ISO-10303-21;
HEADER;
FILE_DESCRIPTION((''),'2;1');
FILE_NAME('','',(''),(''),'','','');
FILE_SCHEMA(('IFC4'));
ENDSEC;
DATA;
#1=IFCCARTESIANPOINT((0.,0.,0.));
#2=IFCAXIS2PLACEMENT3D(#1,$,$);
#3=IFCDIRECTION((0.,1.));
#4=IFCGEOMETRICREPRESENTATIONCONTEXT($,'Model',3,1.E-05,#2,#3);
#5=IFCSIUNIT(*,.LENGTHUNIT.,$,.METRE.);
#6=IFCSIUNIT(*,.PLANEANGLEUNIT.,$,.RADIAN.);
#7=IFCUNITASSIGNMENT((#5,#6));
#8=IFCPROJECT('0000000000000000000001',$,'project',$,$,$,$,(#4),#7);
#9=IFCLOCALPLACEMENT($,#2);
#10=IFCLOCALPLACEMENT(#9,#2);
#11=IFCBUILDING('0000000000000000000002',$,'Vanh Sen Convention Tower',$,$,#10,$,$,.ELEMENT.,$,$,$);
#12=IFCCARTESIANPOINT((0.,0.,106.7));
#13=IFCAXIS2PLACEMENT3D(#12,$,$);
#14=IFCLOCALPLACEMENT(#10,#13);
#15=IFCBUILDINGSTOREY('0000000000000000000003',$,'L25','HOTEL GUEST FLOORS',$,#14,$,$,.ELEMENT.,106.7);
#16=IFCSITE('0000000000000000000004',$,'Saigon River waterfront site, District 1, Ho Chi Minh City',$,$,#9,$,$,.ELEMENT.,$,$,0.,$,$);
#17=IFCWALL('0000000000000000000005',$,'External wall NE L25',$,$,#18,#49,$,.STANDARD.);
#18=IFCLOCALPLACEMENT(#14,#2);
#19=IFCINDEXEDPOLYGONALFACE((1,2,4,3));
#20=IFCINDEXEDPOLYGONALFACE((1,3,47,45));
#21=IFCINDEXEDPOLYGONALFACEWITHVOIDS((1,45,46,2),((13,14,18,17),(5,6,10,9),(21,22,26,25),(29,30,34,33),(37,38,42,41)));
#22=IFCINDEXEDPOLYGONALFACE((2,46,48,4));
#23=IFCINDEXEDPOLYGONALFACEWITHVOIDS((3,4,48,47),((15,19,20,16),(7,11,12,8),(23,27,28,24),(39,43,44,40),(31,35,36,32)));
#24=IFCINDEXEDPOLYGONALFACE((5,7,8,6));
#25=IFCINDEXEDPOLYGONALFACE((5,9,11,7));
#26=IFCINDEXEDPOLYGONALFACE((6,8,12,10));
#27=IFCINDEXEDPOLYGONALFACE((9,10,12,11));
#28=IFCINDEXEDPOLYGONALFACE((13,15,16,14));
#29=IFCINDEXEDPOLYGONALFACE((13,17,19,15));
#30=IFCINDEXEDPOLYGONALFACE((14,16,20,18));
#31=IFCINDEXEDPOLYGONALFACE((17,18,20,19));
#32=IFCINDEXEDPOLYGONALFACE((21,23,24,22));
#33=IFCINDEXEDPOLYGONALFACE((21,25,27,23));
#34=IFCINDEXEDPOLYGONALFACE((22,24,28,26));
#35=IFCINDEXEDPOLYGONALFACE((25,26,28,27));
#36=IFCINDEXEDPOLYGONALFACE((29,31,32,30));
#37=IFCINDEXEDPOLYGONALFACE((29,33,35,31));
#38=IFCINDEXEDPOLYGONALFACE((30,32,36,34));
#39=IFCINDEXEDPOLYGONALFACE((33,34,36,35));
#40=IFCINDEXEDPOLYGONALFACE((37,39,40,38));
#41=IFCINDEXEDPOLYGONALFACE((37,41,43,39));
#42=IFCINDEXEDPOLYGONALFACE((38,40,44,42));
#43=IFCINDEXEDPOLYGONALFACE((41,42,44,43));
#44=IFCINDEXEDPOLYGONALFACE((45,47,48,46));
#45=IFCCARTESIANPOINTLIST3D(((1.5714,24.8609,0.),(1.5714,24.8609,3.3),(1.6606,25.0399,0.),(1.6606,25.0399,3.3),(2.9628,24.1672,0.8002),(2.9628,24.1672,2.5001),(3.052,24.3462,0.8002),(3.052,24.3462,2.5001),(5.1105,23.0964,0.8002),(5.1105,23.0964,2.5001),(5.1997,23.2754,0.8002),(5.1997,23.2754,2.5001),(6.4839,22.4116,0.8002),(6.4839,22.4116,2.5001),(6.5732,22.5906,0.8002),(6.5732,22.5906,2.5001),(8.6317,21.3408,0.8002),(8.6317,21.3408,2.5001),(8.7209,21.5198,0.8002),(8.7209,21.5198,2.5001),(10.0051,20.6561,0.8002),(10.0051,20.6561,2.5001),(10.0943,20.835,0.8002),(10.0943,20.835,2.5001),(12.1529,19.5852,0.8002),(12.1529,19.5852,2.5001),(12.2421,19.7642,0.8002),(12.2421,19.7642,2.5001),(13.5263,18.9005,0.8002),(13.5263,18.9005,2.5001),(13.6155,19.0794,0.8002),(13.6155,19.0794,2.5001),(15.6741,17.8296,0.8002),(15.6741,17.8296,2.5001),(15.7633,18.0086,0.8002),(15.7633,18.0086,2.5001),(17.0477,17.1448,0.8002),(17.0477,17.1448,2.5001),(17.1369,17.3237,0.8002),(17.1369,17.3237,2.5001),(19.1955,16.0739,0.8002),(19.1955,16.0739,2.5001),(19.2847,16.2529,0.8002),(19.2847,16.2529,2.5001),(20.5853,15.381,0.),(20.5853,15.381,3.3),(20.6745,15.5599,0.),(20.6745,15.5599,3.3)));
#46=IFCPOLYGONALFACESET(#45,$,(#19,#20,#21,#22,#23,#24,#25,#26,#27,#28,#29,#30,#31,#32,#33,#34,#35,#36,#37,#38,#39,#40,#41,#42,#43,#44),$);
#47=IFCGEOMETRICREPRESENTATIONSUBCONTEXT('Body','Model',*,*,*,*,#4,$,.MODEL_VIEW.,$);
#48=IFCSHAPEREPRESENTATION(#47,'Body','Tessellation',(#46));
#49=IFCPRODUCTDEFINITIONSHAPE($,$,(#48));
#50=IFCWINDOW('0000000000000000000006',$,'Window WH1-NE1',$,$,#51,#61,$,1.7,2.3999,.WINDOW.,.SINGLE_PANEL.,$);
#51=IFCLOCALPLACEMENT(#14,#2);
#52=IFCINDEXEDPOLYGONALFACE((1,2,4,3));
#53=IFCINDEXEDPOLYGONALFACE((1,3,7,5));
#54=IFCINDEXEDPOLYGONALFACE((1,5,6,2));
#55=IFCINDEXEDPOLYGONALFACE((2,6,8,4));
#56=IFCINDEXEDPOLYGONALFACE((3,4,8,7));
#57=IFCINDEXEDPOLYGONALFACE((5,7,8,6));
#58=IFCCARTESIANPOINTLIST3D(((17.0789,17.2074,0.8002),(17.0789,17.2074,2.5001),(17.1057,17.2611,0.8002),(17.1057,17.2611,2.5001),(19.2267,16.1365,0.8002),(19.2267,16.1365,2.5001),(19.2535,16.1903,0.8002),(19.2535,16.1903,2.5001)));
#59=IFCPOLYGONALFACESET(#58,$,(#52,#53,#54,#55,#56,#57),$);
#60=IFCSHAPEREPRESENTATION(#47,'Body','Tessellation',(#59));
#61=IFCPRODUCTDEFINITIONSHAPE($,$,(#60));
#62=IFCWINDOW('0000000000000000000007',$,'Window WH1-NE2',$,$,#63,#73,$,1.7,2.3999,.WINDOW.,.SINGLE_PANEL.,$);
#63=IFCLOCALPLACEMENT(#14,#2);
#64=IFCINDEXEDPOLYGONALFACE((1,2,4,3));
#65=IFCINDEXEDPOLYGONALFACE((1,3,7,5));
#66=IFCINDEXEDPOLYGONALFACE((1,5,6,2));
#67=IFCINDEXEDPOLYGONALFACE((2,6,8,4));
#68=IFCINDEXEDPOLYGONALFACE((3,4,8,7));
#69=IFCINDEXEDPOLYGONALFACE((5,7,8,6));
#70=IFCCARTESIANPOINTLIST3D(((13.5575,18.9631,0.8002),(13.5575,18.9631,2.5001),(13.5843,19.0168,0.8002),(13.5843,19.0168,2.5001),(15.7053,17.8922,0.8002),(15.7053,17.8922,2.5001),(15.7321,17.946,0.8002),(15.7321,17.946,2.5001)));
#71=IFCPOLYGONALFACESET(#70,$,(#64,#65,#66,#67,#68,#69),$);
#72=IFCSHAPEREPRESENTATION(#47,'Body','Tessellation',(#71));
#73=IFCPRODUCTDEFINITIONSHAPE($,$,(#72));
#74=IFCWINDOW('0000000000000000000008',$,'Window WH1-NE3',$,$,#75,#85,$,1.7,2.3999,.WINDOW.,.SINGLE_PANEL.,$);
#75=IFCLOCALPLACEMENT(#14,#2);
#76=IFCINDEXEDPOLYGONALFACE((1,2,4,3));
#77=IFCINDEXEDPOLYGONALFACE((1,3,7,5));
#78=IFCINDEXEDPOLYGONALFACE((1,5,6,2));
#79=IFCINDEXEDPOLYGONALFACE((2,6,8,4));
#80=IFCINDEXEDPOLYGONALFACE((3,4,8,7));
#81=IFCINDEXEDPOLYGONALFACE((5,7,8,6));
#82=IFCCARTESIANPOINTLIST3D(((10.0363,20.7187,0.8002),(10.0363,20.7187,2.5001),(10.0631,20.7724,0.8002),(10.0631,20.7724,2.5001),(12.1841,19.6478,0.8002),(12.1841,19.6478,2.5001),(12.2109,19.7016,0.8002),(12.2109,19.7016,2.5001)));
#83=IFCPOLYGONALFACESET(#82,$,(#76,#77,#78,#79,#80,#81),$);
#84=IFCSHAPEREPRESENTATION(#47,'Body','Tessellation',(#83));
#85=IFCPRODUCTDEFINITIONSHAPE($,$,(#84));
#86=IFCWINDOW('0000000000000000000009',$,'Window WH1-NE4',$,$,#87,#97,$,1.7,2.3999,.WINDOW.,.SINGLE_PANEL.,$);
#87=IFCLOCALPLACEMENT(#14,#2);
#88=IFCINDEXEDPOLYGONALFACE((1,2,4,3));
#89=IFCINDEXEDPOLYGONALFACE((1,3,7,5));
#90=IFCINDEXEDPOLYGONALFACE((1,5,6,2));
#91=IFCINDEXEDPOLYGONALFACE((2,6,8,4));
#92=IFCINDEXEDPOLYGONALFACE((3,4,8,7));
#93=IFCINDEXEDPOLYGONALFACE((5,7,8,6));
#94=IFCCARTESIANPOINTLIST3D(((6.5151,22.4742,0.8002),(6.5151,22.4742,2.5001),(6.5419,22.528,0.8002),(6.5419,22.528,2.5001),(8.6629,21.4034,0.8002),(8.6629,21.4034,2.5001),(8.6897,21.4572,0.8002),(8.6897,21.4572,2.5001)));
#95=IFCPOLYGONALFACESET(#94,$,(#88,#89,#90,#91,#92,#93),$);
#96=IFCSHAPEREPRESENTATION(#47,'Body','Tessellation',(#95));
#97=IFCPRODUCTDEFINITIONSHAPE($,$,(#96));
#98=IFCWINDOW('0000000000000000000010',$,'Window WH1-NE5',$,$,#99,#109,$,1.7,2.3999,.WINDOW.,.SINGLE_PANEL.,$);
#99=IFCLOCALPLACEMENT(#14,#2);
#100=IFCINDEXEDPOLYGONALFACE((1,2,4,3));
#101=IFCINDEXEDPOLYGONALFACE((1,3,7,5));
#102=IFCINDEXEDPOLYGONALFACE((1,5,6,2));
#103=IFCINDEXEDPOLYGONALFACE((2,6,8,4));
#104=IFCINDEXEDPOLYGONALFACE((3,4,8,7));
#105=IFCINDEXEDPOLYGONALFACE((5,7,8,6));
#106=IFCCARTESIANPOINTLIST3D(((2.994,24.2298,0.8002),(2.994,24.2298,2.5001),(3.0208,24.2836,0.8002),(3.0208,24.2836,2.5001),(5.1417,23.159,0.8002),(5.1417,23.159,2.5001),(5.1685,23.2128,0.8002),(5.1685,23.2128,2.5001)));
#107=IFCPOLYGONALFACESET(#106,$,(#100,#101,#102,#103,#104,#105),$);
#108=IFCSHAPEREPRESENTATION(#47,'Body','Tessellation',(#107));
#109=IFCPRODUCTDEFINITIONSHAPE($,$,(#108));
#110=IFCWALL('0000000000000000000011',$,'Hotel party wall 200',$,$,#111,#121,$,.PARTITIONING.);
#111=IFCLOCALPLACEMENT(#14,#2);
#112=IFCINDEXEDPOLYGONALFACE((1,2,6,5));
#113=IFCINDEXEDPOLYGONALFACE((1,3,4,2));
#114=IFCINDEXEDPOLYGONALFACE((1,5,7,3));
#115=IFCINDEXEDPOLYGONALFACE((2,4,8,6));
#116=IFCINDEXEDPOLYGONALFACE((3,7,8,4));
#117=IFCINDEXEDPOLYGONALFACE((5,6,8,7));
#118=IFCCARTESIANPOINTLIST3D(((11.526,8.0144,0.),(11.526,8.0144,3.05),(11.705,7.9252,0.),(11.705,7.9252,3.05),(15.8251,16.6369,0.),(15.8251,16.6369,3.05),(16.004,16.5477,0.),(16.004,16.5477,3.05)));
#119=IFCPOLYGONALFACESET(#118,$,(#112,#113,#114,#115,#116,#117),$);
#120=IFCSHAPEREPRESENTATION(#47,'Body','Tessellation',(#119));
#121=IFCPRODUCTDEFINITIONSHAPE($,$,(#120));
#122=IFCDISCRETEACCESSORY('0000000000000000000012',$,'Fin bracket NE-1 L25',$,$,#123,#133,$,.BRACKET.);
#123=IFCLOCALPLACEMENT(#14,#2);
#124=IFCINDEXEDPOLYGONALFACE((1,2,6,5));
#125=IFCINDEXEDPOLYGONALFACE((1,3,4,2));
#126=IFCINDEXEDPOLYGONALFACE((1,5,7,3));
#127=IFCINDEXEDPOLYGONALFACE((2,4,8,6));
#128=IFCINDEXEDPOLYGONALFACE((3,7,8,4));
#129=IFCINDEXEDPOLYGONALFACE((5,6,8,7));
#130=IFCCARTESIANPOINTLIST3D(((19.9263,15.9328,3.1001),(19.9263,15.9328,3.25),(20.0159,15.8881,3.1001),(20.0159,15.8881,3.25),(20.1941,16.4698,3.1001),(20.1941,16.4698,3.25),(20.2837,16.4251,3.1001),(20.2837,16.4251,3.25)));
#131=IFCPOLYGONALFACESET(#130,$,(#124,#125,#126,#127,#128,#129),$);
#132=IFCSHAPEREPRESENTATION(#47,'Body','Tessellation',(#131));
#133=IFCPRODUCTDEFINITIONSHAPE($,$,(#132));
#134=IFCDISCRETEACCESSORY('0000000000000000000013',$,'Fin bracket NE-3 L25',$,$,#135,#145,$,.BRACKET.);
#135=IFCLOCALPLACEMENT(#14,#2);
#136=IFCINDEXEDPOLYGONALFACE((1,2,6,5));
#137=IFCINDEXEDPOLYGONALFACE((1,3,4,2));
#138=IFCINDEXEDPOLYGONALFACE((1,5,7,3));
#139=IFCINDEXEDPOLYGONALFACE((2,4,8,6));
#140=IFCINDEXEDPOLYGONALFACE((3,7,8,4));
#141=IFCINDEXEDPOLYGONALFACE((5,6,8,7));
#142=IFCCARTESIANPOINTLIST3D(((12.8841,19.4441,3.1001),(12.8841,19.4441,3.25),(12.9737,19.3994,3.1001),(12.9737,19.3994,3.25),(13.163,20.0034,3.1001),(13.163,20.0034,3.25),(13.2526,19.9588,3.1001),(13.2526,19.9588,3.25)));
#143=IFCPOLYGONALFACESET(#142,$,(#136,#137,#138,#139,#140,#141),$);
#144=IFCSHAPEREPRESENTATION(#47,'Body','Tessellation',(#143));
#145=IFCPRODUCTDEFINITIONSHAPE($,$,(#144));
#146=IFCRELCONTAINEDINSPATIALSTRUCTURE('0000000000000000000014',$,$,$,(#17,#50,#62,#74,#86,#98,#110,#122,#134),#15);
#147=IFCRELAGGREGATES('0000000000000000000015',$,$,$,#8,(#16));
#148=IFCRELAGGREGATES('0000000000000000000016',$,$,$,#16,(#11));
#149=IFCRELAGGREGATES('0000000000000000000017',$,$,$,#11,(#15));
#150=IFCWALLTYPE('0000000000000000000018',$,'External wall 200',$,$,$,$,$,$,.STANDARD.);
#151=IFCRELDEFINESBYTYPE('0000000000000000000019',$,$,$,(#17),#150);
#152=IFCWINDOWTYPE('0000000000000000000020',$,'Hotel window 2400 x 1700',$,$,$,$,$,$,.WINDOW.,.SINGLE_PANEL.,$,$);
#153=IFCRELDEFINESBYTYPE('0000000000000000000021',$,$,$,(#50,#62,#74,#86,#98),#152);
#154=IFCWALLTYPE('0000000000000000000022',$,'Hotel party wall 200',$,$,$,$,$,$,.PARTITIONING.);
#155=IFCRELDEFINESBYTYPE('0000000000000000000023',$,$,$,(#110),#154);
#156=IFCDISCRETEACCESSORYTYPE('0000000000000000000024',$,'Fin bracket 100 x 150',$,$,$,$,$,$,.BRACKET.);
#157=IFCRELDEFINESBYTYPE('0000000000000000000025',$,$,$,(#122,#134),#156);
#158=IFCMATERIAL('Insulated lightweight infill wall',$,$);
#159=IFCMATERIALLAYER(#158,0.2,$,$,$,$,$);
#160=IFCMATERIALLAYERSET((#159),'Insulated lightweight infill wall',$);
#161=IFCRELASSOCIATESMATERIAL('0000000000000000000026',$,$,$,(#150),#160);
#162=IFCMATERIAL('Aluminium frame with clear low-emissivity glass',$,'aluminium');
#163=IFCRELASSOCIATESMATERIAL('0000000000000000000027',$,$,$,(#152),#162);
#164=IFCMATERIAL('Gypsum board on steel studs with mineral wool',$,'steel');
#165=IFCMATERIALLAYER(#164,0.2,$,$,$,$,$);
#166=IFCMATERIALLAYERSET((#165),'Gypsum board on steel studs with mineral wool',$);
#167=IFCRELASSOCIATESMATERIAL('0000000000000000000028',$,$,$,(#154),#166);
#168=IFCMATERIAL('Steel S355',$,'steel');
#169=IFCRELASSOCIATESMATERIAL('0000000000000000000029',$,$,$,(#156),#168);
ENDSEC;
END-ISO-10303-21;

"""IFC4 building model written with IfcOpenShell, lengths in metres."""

from ifc_helpers import new_model, si_unit, direction, frame, frame_2d, origin, origin_2d, place, context, subcontext, project, spatial, rectangle, extrude, material, layer, layer_set, type_object, element, fill, save


model = new_model("IFC4")

# Units and contexts
model_context = context("Model", 3, precision=1e-05, world=origin(), true_north=direction((0.0, 1.0)))
body_context = subcontext(model_context, "Body", "Model", "MODEL_VIEW")
ifc_project = project(units=[si_unit("LENGTHUNIT", "METRE"), si_unit("PLANEANGLEUNIT", "RADIAN")], contexts=[model_context])

# Site, building, storey
site_placement = place(None, origin())
site = spatial("IfcSite", under=ifc_project, at=site_placement, Name="Saigon River waterfront site, District 1, Ho Chi Minh City", CompositionType="ELEMENT", RefElevation=0.0)
building_placement = place(site_placement, origin())
building = spatial("IfcBuilding", under=site, at=building_placement, Name="Vanh Sen Convention Tower", CompositionType="ELEMENT")
storey_placement = place(building_placement, frame((0.0, 0.0, 106.7)))
storey = spatial("IfcBuildingStorey", under=building, at=storey_placement, Name="L25", Description="HOTEL GUEST FLOORS", CompositionType="ELEMENT", Elevation=106.7)

# Shared definitions
ifc_material_1 = material(Name="Insulated lightweight infill wall")
ifc_layer_1 = layer(ifc_material_1, 0.2)
ifc_layer_set_1 = layer_set([ifc_layer_1], Name="Insulated lightweight infill wall")
wall_type_1 = type_object("IfcWallType", Name="External wall 200", PredefinedType="STANDARD", material=ifc_layer_set_1)
ifc_material_2 = material(Name="Aluminium frame with clear low-emissivity glass", Category="aluminium")

# Wall, openings, windows
wall_1_placement = place(storey_placement, frame((20.6299, 15.4705, 0.0), z_axis=(0.0, 0.0, 1.0), x_axis=(-0.894935, 0.446197, 0.0)))
wall_1 = element("IfcWall", 1, at=wall_1_placement, inside=storey, type_object=wall_type_1, Name="External wall NE L25", PredefinedType="STANDARD", context=body_context, shape_type="SweptSolid", body=[
    extrude(rectangle(XDim=21.2461, YDim=0.2, at=frame_2d((10.623, 0.0))), origin(), (0.0, 0.0, 1.0), 3.3),
])
opening_1_placement = place(wall_1_placement, frame((1.553, 0.0, 0.8)))
opening_1 = element("IfcOpeningElement", 2, at=opening_1_placement, cuts=wall_1, PredefinedType="OPENING", context=body_context, shape_type="SweptSolid", body=[
    extrude(rectangle(XDim=2.3999, YDim=1.7, at=frame_2d((1.2, 0.8501))), frame((0.0, 0.1099, 0.0), z_axis=(0.0, -1.0, 0.0), x_axis=(1.0, 0.0, 0.0)), (0.0, 0.0, 1.0), 0.22),
])
opening_2_placement = place(wall_1_placement, frame((5.4878, 0.0, 0.8)))
opening_2 = element("IfcOpeningElement", 3, at=opening_2_placement, cuts=wall_1, PredefinedType="OPENING", context=body_context, shape_type="SweptSolid", body=[
    extrude(rectangle(XDim=2.3999, YDim=1.7, at=frame_2d((1.2, 0.8501))), frame((0.0, 0.1099, 0.0), z_axis=(0.0, -1.0, 0.0), x_axis=(1.0, 0.0, 0.0)), (0.0, 0.0, 1.0), 0.22),
])
opening_3_placement = place(wall_1_placement, frame((9.4224, 0.0, 0.8)))
opening_3 = element("IfcOpeningElement", 4, at=opening_3_placement, cuts=wall_1, PredefinedType="OPENING", context=body_context, shape_type="SweptSolid", body=[
    extrude(rectangle(XDim=2.3999, YDim=1.7, at=frame_2d((1.2, 0.8501))), frame((0.0, 0.1099, 0.0), z_axis=(0.0, -1.0, 0.0), x_axis=(1.0, 0.0, 0.0)), (0.0, 0.0, 1.0), 0.22),
])
opening_4_placement = place(wall_1_placement, frame((13.3569, 0.0, 0.8)))
opening_4 = element("IfcOpeningElement", 5, at=opening_4_placement, cuts=wall_1, PredefinedType="OPENING", context=body_context, shape_type="SweptSolid", body=[
    extrude(rectangle(XDim=2.3999, YDim=1.7, at=frame_2d((1.2, 0.8501))), frame((0.0, 0.1099, 0.0), z_axis=(0.0, -1.0, 0.0), x_axis=(1.0, 0.0, 0.0)), (0.0, 0.0, 1.0), 0.22),
])
opening_5_placement = place(wall_1_placement, frame((17.2915, 0.0, 0.8)))
opening_5 = element("IfcOpeningElement", 6, at=opening_5_placement, cuts=wall_1, PredefinedType="OPENING", context=body_context, shape_type="SweptSolid", body=[
    extrude(rectangle(XDim=2.3999, YDim=1.7, at=frame_2d((1.2, 0.8501))), frame((0.0, 0.1099, 0.0), z_axis=(0.0, -1.0, 0.0), x_axis=(1.0, 0.0, 0.0)), (0.0, 0.0, 1.0), 0.22),
])
window_type_1 = type_object("IfcWindowType", Name="Hotel window 2400 x 1700", PartitioningType="SINGLE_PANEL", PredefinedType="WINDOW", material=ifc_material_2)
window_1_placement = place(opening_1_placement, origin())
window_1 = element("IfcWindow", 7, at=window_1_placement, inside=storey, type_object=window_type_1, Name="Window WH1-NE1", OverallHeight=1.7, OverallWidth=2.3999, PartitioningType="SINGLE_PANEL", PredefinedType="WINDOW", context=body_context, shape_type="SweptSolid", body=[
    extrude(rectangle(XDim=2.3999, YDim=1.7, at=frame_2d((1.2, 0.8501))), frame((0.0, 0.03, 0.0), z_axis=(0.0, -1.0, 0.0), x_axis=(1.0, 0.0, 0.0)), (0.0, 0.0, 1.0), 0.0601),
])
fill(opening_1, window_1)
window_2_placement = place(opening_2_placement, origin())
window_2 = element("IfcWindow", 8, at=window_2_placement, inside=storey, type_object=window_type_1, Name="Window WH1-NE2", OverallHeight=1.7, OverallWidth=2.3999, PartitioningType="SINGLE_PANEL", PredefinedType="WINDOW", context=body_context, shape_type="SweptSolid", body=[
    extrude(rectangle(XDim=2.3999, YDim=1.7, at=frame_2d((1.2, 0.8501))), frame((0.0, 0.03, 0.0), z_axis=(0.0, -1.0, 0.0), x_axis=(1.0, 0.0, 0.0)), (0.0, 0.0, 1.0), 0.0601),
])
fill(opening_2, window_2)
window_3_placement = place(opening_3_placement, origin())
window_3 = element("IfcWindow", 9, at=window_3_placement, inside=storey, type_object=window_type_1, Name="Window WH1-NE3", OverallHeight=1.7, OverallWidth=2.3999, PartitioningType="SINGLE_PANEL", PredefinedType="WINDOW", context=body_context, shape_type="SweptSolid", body=[
    extrude(rectangle(XDim=2.3999, YDim=1.7, at=frame_2d((1.2, 0.8501))), frame((0.0, 0.03, 0.0), z_axis=(0.0, -1.0, 0.0), x_axis=(1.0, 0.0, 0.0)), (0.0, 0.0, 1.0), 0.0601),
])
fill(opening_3, window_3)
window_4_placement = place(opening_4_placement, origin())
window_4 = element("IfcWindow", 10, at=window_4_placement, inside=storey, type_object=window_type_1, Name="Window WH1-NE4", OverallHeight=1.7, OverallWidth=2.3999, PartitioningType="SINGLE_PANEL", PredefinedType="WINDOW", context=body_context, shape_type="SweptSolid", body=[
    extrude(rectangle(XDim=2.3999, YDim=1.7, at=frame_2d((1.2, 0.8501))), frame((0.0, 0.03, 0.0), z_axis=(0.0, -1.0, 0.0), x_axis=(1.0, 0.0, 0.0)), (0.0, 0.0, 1.0), 0.0601),
])
fill(opening_4, window_4)
window_5_placement = place(opening_5_placement, origin())
window_5 = element("IfcWindow", 11, at=window_5_placement, inside=storey, type_object=window_type_1, Name="Window WH1-NE5", OverallHeight=1.7, OverallWidth=2.3999, PartitioningType="SINGLE_PANEL", PredefinedType="WINDOW", context=body_context, shape_type="SweptSolid", body=[
    extrude(rectangle(XDim=2.3999, YDim=1.7, at=frame_2d((1.2, 0.8501))), frame((0.0, 0.03, 0.0), z_axis=(0.0, -1.0, 0.0), x_axis=(1.0, 0.0, 0.0)), (0.0, 0.0, 1.0), 0.0601),
])
fill(opening_5, window_5)

# Wall
ifc_material_3 = material(Name="Gypsum board on steel studs with mineral wool", Category="steel")
ifc_layer_2 = layer(ifc_material_3, 0.2)
ifc_layer_set_2 = layer_set([ifc_layer_2], Name="Gypsum board on steel studs with mineral wool")
wall_type_2 = type_object("IfcWallType", Name="Hotel party wall 200", PredefinedType="PARTITIONING", material=ifc_layer_set_2)
wall_2_placement = place(storey_placement, frame((15.9146, 16.5923, 0.0), z_axis=(0.0, 0.0, 1.0), x_axis=(-0.4462, -0.894933, 0.0)))
element("IfcWall", 12, at=wall_2_placement, inside=storey, type_object=wall_type_2, Name="Hotel party wall 200", PredefinedType="PARTITIONING", context=body_context, shape_type="SweptSolid", body=[
    extrude(rectangle(XDim=9.6348, YDim=0.2, at=frame_2d((4.8174, 0.0))), origin(), (0.0, 0.0, 1.0), 3.05),
])

# Discrete accessories
ifc_material_4 = material(Name="Steel S355", Category="steel")
discrete_accessory_type = type_object("IfcDiscreteAccessoryType", Name="Fin bracket 100 x 150", PredefinedType="BRACKET", material=ifc_material_4)
discrete_accessory_1_placement = place(storey_placement, frame((20.105, 16.179, 3.1001), z_axis=(0.0, 0.0, 1.0), x_axis=(0.446198, 0.894934, 0.0)))
element("IfcDiscreteAccessory", 13, at=discrete_accessory_1_placement, inside=storey, type_object=discrete_accessory_type, Name="Fin bracket NE-1 L25", PredefinedType="BRACKET", context=body_context, shape_type="SweptSolid", body=[
    extrude(rectangle(XDim=0.6001, YDim=0.1001, at=origin_2d()), origin(), (0.0, 0.0, 1.0), 0.1499),
])
discrete_accessory_2_placement = place(storey_placement, frame((13.0684, 19.7014, 3.1001), z_axis=(0.0, 0.0, 1.0), x_axis=(0.446198, 0.894934, 0.0)))
element("IfcDiscreteAccessory", 14, at=discrete_accessory_2_placement, inside=storey, type_object=discrete_accessory_type, Name="Fin bracket NE-3 L25", PredefinedType="BRACKET", context=body_context, shape_type="SweptSolid", body=[
    extrude(rectangle(XDim=0.625, YDim=0.1001, at=origin_2d()), origin(), (0.0, 0.0, 1.0), 0.1499),
])

save(model, "model.ifc")
